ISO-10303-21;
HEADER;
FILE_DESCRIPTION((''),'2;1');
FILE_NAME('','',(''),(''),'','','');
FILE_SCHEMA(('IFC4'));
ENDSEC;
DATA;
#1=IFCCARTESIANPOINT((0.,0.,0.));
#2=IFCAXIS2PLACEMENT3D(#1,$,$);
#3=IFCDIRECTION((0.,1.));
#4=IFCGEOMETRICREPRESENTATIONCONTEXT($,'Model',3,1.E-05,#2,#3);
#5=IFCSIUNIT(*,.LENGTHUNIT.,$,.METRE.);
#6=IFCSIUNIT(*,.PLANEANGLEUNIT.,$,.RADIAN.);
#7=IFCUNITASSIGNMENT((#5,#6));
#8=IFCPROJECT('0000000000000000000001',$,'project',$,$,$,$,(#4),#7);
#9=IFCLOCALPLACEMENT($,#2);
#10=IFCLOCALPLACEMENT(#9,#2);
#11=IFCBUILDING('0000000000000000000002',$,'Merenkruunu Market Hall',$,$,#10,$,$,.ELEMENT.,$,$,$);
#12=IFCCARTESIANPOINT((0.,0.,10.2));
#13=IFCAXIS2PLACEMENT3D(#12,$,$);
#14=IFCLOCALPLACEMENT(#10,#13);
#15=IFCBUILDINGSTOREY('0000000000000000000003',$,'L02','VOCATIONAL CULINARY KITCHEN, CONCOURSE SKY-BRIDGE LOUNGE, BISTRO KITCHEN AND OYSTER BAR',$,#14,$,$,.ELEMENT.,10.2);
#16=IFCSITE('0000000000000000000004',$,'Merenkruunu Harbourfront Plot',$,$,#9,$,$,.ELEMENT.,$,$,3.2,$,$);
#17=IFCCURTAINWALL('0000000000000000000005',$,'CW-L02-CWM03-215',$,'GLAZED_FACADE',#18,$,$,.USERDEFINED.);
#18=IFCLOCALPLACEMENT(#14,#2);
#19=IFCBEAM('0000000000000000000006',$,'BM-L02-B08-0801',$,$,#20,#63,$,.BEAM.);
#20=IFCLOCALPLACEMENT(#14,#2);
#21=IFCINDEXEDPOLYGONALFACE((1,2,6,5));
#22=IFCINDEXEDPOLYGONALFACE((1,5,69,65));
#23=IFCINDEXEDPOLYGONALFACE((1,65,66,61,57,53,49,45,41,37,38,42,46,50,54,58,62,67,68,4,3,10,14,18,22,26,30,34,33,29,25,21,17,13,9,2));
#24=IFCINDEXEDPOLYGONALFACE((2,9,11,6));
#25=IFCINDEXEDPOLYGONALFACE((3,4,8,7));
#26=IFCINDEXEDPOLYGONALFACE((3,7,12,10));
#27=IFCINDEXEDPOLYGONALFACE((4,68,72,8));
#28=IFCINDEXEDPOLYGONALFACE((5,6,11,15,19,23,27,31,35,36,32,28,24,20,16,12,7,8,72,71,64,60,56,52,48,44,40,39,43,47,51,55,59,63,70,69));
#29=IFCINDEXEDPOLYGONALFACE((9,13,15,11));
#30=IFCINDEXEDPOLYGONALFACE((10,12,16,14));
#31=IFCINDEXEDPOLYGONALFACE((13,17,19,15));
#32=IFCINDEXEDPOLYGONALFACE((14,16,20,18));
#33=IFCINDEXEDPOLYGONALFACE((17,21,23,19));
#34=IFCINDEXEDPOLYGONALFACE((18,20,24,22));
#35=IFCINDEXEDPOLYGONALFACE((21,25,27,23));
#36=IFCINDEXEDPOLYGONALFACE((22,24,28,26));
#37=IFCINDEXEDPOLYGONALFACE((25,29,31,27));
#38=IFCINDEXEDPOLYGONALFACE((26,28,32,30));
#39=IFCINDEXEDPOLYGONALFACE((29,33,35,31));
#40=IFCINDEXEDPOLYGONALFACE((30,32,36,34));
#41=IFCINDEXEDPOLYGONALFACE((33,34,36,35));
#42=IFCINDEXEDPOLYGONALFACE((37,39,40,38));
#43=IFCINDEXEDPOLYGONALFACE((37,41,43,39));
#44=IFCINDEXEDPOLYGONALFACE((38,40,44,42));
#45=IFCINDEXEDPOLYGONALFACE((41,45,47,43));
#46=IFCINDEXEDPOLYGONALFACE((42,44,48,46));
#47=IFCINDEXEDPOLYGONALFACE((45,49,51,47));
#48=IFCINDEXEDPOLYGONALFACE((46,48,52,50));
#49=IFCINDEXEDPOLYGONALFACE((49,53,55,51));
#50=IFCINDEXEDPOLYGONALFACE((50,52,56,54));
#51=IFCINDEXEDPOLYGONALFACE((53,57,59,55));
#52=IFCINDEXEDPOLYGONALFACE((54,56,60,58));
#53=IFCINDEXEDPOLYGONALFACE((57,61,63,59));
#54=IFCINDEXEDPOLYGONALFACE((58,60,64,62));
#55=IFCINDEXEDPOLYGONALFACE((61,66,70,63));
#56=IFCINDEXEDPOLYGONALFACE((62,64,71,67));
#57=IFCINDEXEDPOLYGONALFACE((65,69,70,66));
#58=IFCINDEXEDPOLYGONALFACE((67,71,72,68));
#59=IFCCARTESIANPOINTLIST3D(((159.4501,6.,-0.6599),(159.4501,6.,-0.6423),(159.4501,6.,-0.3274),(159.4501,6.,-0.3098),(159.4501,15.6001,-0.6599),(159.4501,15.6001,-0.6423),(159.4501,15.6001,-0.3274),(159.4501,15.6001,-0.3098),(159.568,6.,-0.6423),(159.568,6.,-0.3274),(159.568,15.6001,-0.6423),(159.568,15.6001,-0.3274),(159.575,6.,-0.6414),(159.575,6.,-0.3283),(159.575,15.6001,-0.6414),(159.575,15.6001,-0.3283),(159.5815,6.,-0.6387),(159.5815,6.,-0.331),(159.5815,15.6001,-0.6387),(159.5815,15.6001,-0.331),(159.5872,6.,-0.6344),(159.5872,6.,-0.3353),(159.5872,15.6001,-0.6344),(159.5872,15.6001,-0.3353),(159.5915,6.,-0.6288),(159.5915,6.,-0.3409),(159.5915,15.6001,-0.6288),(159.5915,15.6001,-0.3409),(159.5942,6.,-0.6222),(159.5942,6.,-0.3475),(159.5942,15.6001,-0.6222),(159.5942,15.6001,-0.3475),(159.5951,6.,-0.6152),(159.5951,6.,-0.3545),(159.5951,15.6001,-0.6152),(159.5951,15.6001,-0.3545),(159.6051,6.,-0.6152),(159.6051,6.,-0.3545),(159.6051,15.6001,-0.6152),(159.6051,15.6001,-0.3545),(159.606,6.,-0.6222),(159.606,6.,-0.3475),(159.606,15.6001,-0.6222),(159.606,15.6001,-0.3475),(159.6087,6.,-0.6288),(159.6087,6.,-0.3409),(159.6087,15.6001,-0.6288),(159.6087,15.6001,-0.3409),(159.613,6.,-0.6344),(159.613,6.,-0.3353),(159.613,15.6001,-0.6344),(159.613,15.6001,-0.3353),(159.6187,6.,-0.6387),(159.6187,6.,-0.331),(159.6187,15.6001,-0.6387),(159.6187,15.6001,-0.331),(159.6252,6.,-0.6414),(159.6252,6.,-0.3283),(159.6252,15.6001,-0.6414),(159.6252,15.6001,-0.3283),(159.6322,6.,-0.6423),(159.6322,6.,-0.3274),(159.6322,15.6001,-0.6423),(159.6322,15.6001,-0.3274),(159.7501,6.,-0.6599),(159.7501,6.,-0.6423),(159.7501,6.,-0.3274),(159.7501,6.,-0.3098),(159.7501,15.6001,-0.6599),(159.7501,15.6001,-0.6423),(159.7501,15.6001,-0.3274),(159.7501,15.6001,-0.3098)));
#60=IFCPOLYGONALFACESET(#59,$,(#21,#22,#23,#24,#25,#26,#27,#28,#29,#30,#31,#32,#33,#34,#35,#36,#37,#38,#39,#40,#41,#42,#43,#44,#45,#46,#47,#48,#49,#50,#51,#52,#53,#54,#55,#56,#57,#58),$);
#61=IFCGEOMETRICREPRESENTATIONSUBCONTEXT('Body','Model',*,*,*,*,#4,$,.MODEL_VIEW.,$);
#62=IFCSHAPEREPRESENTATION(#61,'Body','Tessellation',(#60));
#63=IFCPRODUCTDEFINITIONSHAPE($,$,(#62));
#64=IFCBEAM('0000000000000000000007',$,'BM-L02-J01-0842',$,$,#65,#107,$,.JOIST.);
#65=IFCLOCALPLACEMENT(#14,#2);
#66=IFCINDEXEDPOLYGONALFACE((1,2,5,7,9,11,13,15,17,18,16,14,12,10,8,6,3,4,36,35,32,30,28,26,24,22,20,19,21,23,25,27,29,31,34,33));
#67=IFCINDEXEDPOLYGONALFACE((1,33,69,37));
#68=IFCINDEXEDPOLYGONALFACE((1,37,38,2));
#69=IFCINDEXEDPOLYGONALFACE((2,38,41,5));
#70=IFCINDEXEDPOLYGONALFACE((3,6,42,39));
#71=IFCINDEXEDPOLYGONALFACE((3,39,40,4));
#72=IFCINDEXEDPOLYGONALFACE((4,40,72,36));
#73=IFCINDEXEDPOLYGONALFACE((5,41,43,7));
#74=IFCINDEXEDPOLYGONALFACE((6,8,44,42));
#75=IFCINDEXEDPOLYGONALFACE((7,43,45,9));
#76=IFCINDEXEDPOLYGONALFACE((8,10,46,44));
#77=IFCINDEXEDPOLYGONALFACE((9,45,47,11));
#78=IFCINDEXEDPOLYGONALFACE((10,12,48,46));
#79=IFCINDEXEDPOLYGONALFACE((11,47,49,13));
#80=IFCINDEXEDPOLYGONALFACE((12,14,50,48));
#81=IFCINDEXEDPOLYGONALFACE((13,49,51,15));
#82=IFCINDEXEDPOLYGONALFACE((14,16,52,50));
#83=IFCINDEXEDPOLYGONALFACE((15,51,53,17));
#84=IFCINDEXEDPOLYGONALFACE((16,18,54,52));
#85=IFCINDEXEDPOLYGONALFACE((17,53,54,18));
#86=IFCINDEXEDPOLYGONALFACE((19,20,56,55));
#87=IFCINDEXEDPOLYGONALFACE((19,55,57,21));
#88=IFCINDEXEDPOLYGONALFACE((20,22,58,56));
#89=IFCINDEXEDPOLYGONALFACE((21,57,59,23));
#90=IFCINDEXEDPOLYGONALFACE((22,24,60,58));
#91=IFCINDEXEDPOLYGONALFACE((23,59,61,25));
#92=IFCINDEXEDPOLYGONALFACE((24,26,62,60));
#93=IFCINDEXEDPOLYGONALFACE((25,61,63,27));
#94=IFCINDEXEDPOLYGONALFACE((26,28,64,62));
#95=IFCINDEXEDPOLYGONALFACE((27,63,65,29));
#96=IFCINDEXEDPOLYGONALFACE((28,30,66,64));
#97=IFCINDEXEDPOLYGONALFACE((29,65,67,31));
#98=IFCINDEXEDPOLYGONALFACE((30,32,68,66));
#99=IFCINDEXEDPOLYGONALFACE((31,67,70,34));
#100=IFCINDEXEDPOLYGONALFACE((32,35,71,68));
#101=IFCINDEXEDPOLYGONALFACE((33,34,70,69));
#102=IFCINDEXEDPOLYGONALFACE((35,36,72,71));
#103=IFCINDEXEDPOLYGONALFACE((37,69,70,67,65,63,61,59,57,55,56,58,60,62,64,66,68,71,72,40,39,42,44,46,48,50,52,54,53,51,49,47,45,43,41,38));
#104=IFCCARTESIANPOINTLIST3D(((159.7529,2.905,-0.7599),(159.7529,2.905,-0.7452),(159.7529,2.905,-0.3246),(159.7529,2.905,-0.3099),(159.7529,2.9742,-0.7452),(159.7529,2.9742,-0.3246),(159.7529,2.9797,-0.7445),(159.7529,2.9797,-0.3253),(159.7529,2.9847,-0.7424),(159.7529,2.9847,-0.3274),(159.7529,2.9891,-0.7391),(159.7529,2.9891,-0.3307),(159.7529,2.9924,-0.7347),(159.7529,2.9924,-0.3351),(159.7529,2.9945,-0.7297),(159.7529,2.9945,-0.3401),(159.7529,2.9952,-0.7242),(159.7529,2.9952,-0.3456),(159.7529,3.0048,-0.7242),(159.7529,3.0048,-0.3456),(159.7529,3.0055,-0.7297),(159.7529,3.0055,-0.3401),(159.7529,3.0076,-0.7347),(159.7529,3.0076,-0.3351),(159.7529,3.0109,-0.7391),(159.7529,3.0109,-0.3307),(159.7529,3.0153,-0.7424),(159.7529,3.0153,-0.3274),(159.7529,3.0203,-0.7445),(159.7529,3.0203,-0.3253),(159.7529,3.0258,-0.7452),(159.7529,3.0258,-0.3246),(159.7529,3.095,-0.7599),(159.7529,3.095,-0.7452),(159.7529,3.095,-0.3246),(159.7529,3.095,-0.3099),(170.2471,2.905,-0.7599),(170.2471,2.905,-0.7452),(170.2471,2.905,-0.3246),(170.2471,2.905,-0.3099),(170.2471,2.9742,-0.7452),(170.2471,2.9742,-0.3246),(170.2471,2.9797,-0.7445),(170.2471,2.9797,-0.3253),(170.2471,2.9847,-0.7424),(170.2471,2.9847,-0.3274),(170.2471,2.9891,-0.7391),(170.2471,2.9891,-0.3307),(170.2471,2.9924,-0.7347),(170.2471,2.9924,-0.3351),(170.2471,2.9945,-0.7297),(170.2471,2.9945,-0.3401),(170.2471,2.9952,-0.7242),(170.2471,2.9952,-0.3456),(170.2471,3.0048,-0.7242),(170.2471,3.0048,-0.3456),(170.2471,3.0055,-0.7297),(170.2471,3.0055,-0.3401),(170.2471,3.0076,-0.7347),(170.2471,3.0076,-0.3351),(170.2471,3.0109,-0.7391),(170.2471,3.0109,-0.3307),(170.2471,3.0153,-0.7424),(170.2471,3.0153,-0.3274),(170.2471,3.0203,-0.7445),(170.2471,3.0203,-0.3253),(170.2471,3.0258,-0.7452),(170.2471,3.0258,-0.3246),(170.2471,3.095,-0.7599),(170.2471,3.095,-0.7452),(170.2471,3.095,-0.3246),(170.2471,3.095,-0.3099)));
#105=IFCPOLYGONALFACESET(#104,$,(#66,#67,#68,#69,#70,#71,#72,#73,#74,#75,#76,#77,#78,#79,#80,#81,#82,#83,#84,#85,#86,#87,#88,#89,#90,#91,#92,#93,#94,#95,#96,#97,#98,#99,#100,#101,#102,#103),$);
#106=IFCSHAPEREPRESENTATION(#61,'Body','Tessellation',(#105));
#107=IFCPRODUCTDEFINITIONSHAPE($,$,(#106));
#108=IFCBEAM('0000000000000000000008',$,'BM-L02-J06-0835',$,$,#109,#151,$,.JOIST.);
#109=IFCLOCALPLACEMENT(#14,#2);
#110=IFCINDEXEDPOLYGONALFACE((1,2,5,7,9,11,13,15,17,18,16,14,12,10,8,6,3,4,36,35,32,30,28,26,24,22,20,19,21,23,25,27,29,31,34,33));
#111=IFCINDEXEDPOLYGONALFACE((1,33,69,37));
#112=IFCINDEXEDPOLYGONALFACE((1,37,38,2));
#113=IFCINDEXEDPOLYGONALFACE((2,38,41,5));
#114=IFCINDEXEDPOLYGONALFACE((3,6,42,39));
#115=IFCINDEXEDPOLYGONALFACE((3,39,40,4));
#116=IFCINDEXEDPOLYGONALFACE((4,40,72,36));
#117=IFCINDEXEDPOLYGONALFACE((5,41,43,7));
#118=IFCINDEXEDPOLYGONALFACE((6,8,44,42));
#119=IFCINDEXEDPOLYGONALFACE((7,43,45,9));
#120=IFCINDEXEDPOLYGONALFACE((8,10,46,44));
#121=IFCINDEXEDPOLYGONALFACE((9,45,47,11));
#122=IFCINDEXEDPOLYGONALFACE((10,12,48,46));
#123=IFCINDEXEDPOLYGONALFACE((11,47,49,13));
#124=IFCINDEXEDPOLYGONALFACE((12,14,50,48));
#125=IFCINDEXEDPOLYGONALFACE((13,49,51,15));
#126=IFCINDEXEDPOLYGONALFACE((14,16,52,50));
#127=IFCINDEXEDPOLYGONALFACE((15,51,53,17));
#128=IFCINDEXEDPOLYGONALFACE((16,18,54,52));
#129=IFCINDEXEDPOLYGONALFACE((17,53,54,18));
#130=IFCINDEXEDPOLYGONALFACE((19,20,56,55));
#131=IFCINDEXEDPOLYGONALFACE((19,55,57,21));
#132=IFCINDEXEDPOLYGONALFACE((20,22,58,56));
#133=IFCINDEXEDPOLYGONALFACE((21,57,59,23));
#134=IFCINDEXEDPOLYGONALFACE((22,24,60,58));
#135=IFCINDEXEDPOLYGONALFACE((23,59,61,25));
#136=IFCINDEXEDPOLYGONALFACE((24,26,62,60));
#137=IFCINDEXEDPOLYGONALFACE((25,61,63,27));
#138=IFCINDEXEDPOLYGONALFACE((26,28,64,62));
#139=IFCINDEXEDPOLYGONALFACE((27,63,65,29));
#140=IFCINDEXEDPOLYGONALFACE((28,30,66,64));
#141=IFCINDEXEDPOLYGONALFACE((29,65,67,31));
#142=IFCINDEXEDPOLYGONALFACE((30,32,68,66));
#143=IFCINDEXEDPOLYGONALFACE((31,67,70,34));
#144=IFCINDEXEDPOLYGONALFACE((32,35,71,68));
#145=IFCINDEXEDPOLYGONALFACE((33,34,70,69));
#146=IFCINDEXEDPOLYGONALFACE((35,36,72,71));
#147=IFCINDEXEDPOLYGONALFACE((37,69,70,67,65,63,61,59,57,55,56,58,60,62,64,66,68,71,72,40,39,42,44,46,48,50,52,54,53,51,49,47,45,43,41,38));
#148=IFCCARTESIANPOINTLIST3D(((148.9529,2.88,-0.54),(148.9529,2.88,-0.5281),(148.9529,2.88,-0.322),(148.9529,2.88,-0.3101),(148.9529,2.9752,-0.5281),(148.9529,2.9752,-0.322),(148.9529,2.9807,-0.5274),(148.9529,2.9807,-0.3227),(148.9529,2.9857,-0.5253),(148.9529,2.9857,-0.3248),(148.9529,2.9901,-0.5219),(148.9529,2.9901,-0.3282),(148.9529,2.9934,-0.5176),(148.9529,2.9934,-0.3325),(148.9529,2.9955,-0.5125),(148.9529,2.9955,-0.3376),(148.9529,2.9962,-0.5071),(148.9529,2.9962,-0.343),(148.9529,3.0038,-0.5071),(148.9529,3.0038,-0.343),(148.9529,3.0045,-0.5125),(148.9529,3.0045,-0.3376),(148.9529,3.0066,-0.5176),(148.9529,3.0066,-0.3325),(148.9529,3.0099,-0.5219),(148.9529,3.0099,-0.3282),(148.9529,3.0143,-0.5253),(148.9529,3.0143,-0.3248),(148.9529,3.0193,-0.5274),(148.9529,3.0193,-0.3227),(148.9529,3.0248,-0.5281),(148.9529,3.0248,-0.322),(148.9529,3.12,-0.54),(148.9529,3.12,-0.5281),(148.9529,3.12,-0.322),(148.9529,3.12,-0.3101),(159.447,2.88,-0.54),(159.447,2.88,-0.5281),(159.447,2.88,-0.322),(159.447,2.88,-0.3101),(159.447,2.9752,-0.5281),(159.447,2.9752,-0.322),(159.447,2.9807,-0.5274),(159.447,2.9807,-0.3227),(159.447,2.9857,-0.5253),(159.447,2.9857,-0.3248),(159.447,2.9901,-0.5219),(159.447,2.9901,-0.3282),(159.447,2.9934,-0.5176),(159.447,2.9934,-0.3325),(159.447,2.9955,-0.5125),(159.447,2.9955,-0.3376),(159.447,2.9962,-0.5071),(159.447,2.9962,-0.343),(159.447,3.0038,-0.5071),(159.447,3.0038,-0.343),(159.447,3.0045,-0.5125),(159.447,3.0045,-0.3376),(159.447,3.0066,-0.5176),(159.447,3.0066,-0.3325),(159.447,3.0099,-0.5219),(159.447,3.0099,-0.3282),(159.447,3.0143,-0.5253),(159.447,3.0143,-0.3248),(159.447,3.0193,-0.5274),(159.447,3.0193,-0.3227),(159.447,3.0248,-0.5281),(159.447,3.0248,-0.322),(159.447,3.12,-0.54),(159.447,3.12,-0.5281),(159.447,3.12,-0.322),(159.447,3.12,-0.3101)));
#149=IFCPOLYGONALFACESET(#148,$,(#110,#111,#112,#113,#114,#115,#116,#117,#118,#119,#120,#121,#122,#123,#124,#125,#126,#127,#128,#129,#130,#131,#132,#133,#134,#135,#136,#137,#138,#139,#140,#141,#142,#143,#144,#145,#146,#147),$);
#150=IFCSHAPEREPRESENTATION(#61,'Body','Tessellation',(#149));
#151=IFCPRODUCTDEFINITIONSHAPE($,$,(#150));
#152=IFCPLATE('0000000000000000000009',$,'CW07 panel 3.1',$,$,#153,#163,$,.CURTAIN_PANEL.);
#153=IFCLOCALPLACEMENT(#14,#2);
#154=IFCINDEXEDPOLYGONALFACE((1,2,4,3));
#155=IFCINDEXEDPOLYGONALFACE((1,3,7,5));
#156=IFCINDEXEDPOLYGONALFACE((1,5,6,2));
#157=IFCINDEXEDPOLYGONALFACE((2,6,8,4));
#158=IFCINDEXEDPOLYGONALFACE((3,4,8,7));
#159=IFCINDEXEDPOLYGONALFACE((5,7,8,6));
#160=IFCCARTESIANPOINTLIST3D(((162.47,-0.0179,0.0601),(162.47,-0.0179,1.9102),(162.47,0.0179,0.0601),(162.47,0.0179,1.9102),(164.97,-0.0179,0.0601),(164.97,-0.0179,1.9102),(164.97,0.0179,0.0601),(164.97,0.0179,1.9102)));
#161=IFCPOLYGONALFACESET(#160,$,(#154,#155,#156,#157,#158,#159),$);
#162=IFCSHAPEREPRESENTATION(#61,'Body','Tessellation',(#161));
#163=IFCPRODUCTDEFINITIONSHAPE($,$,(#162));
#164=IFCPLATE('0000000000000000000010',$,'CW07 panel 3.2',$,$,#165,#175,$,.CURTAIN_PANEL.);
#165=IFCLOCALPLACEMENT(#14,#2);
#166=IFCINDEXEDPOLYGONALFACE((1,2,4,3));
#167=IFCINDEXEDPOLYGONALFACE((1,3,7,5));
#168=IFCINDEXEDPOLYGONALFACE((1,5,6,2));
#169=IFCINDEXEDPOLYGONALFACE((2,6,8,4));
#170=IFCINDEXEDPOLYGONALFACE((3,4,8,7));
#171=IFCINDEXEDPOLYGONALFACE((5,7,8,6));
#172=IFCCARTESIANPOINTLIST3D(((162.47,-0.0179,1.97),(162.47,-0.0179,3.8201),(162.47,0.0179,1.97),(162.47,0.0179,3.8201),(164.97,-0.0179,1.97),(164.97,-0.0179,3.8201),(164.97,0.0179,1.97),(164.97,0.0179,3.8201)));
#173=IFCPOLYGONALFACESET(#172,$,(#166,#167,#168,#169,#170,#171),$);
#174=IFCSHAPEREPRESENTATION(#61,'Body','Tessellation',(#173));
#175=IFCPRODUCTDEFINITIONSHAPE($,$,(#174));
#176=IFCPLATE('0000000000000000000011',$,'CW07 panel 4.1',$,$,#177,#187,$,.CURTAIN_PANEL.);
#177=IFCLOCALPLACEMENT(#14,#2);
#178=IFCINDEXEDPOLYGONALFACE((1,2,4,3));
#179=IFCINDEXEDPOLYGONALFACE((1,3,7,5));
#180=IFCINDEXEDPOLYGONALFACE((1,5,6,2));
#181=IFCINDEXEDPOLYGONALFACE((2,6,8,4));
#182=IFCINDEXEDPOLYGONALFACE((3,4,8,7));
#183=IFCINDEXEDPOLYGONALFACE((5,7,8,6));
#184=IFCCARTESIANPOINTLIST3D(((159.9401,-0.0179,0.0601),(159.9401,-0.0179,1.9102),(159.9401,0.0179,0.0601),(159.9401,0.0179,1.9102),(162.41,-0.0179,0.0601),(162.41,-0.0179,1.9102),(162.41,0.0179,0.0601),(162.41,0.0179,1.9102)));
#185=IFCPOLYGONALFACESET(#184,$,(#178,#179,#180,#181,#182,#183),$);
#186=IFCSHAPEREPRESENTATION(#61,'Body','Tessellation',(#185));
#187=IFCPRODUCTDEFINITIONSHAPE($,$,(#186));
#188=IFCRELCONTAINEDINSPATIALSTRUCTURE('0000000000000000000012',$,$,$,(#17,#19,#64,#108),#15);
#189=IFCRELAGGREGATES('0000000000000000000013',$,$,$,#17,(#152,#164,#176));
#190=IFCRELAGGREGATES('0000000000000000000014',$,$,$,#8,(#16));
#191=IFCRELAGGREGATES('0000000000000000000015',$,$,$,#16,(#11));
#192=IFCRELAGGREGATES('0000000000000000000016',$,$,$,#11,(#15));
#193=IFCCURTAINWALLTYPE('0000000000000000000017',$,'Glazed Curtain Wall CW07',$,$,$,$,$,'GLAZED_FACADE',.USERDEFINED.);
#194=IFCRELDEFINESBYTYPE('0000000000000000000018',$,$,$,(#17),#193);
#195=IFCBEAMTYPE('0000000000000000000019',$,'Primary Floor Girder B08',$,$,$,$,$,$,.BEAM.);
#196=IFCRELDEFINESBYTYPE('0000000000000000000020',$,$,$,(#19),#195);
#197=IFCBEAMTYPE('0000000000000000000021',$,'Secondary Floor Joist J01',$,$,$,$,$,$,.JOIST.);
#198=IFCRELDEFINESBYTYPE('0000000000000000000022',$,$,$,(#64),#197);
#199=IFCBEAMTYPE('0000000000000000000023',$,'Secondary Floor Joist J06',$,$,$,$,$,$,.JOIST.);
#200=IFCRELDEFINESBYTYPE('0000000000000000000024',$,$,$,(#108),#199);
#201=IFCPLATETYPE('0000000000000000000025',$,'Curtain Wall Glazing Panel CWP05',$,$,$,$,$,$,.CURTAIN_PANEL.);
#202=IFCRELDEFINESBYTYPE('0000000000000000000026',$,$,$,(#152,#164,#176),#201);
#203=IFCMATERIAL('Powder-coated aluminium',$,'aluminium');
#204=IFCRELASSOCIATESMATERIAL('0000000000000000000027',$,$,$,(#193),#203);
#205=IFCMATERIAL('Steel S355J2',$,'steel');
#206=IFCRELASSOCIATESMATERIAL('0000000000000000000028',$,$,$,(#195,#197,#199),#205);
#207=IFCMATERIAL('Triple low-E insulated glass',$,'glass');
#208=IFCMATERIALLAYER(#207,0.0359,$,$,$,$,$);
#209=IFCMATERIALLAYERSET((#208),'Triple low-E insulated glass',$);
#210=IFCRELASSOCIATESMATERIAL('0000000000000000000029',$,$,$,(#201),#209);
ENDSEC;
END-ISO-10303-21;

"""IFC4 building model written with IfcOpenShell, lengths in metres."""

from ifc_helpers import new_model, si_unit, direction, frame, origin, origin_2d, place, context, subcontext, project, spatial, rectangle, i_section, extrude, material, layer, layer_set, material_profile, profile_set, type_object, element, aggregate, save


model = new_model("IFC4")

# Units and contexts
model_context = context("Model", 3, precision=1e-05, world=origin(), true_north=direction((0.0, 1.0)))
body_context = subcontext(model_context, "Body", "Model", "MODEL_VIEW")
ifc_project = project(units=[si_unit("LENGTHUNIT", "METRE"), si_unit("PLANEANGLEUNIT", "RADIAN")], contexts=[model_context])

# Site, building, storey
site_placement = place(None, origin())
site = spatial("IfcSite", under=ifc_project, at=site_placement, Name="Merenkruunu Harbourfront Plot", CompositionType="ELEMENT", RefElevation=3.2)
building_placement = place(site_placement, origin())
building = spatial("IfcBuilding", under=site, at=building_placement, Name="Merenkruunu Market Hall", CompositionType="ELEMENT")
storey_placement = place(building_placement, frame((0.0, 0.0, 10.2)))
storey = spatial("IfcBuildingStorey", under=building, at=storey_placement, Name="L02", Description="VOCATIONAL CULINARY KITCHEN, CONCOURSE SKY-BRIDGE LOUNGE, BISTRO KITCHEN AND OYSTER BAR", CompositionType="ELEMENT", Elevation=10.2)

# Shared definitions
ifc_material_1 = material(Name="Steel S355J2", Category="steel")

# Curtain wall
ifc_material_2 = material(Name="Powder-coated aluminium", Category="aluminium")
curtain_wall_type_1 = type_object("IfcCurtainWallType", Name="Glazed Curtain Wall CW07", ElementType="GLAZED_FACADE", PredefinedType="USERDEFINED", material=ifc_material_2)
curtain_wall_1_placement = place(storey_placement, origin())
curtain_wall_1 = element("IfcCurtainWall", 1, at=curtain_wall_1_placement, inside=storey, type_object=curtain_wall_type_1, Name="CW-L02-CWM03-215", ObjectType="GLAZED_FACADE", PredefinedType="USERDEFINED")

# Beams
ifc_material_profile_1 = material_profile(ifc_material_1, i_section(OverallWidth=0.3, OverallDepth=0.3501, WebThickness=0.01, FlangeThickness=0.0176, FilletRadius=0.0271, at=origin_2d()), Name="HEA 360")
ifc_profile_set_1 = profile_set([ifc_material_profile_1], Name="Steel S355J2")
beam_type_1 = type_object("IfcBeamType", Name="Primary Floor Girder B08", PredefinedType="BEAM", material=ifc_profile_set_1)
beam_1_placement = place(storey_placement, frame((159.6001, 6.0, -0.4849), z_axis=(0.0, 1.0, 0.0), x_axis=(-1.0, 0.0, 0.0)))
element("IfcBeam", 2, at=beam_1_placement, inside=storey, type_object=beam_type_1, Name="BM-L02-B08-0801", PredefinedType="BEAM", context=body_context, shape_type="SweptSolid", body=[
    extrude(i_section(OverallWidth=0.3, OverallDepth=0.3501, WebThickness=0.01, FlangeThickness=0.0176, FilletRadius=0.0271, at=origin_2d()), origin(), (0.0, 0.0, 1.0), 9.6001),
])
ifc_material_profile_2 = material_profile(ifc_material_1, i_section(OverallWidth=0.1899, OverallDepth=0.45, WebThickness=0.0095, FlangeThickness=0.0146, FilletRadius=0.021, at=origin_2d()), Name="IPE 450")
ifc_profile_set_2 = profile_set([ifc_material_profile_2], Name="Steel S355J2")
beam_type_2 = type_object("IfcBeamType", Name="Secondary Floor Joist J01", PredefinedType="JOIST", material=ifc_profile_set_2)
beam_2_placement = place(storey_placement, frame((159.7529, 3.0, -0.5349), z_axis=(1.0, 0.0, 0.0), x_axis=(0.0, 1.0, 0.0)))
element("IfcBeam", 3, at=beam_2_placement, inside=storey, type_object=beam_type_2, Name="BM-L02-J01-0842", PredefinedType="JOIST", context=body_context, shape_type="SweptSolid", body=[
    extrude(i_section(OverallWidth=0.1899, OverallDepth=0.45, WebThickness=0.0095, FlangeThickness=0.0146, FilletRadius=0.021, at=origin_2d()), origin(), (0.0, 0.0, 1.0), 10.4941),
])
ifc_material_profile_3 = material_profile(ifc_material_1, i_section(OverallWidth=0.24, OverallDepth=0.23, WebThickness=0.0076, FlangeThickness=0.012, FilletRadius=0.021, at=origin_2d()), Name="HEA 240")
ifc_profile_set_3 = profile_set([ifc_material_profile_3], Name="Steel S355J2")
beam_type_3 = type_object("IfcBeamType", Name="Secondary Floor Joist J06", PredefinedType="JOIST", material=ifc_profile_set_3)
beam_3_placement = place(storey_placement, frame((148.9529, 3.0, -0.425), z_axis=(1.0, 0.0, 0.0), x_axis=(0.0, 1.0, 0.0)))
element("IfcBeam", 4, at=beam_3_placement, inside=storey, type_object=beam_type_3, Name="BM-L02-J06-0835", PredefinedType="JOIST", context=body_context, shape_type="SweptSolid", body=[
    extrude(i_section(OverallWidth=0.24, OverallDepth=0.23, WebThickness=0.0076, FlangeThickness=0.012, FilletRadius=0.021, at=origin_2d()), origin(), (0.0, 0.0, 1.0), 10.4941),
])

# Plates
ifc_material_3 = material(Name="Triple low-E insulated glass", Category="glass")
ifc_layer_1 = layer(ifc_material_3, 0.0359)
ifc_layer_set_1 = layer_set([ifc_layer_1], Name="Triple low-E insulated glass")
plate_type = type_object("IfcPlateType", Name="Curtain Wall Glazing Panel CWP05", PredefinedType="CURTAIN_PANEL", material=ifc_layer_set_1)
plate_1_placement = place(storey_placement, frame((163.72, 0.0, 0.0601), z_axis=(0.0, 0.0, 1.0), x_axis=(-1.0, 0.0, 0.0)))
plate_1 = element("IfcPlate", 5, at=plate_1_placement, type_object=plate_type, Name="CW07 panel 3.1", PredefinedType="CURTAIN_PANEL", context=body_context, shape_type="SweptSolid", body=[
    extrude(rectangle(XDim=2.5, YDim=0.0359, at=origin_2d()), origin(), (0.0, 0.0, 1.0), 1.8501),
])
plate_2_placement = place(storey_placement, frame((163.72, 0.0, 1.97), z_axis=(0.0, 0.0, 1.0), x_axis=(-1.0, 0.0, 0.0)))
plate_2 = element("IfcPlate", 6, at=plate_2_placement, type_object=plate_type, Name="CW07 panel 3.2", PredefinedType="CURTAIN_PANEL", context=body_context, shape_type="SweptSolid", body=[
    extrude(rectangle(XDim=2.5, YDim=0.0359, at=origin_2d()), origin(), (0.0, 0.0, 1.0), 1.8501),
])
plate_3_placement = place(storey_placement, frame((161.175, 0.0, 0.0601), z_axis=(0.0, 0.0, 1.0), x_axis=(-1.0, 0.0, 0.0)))
plate_3 = element("IfcPlate", 7, at=plate_3_placement, type_object=plate_type, Name="CW07 panel 4.1", PredefinedType="CURTAIN_PANEL", context=body_context, shape_type="SweptSolid", body=[
    extrude(rectangle(XDim=2.47, YDim=0.0359, at=origin_2d()), origin(), (0.0, 0.0, 1.0), 1.8501),
])
aggregate(curtain_wall_1, [plate_1, plate_2, plate_3])

save(model, "model.ifc")
